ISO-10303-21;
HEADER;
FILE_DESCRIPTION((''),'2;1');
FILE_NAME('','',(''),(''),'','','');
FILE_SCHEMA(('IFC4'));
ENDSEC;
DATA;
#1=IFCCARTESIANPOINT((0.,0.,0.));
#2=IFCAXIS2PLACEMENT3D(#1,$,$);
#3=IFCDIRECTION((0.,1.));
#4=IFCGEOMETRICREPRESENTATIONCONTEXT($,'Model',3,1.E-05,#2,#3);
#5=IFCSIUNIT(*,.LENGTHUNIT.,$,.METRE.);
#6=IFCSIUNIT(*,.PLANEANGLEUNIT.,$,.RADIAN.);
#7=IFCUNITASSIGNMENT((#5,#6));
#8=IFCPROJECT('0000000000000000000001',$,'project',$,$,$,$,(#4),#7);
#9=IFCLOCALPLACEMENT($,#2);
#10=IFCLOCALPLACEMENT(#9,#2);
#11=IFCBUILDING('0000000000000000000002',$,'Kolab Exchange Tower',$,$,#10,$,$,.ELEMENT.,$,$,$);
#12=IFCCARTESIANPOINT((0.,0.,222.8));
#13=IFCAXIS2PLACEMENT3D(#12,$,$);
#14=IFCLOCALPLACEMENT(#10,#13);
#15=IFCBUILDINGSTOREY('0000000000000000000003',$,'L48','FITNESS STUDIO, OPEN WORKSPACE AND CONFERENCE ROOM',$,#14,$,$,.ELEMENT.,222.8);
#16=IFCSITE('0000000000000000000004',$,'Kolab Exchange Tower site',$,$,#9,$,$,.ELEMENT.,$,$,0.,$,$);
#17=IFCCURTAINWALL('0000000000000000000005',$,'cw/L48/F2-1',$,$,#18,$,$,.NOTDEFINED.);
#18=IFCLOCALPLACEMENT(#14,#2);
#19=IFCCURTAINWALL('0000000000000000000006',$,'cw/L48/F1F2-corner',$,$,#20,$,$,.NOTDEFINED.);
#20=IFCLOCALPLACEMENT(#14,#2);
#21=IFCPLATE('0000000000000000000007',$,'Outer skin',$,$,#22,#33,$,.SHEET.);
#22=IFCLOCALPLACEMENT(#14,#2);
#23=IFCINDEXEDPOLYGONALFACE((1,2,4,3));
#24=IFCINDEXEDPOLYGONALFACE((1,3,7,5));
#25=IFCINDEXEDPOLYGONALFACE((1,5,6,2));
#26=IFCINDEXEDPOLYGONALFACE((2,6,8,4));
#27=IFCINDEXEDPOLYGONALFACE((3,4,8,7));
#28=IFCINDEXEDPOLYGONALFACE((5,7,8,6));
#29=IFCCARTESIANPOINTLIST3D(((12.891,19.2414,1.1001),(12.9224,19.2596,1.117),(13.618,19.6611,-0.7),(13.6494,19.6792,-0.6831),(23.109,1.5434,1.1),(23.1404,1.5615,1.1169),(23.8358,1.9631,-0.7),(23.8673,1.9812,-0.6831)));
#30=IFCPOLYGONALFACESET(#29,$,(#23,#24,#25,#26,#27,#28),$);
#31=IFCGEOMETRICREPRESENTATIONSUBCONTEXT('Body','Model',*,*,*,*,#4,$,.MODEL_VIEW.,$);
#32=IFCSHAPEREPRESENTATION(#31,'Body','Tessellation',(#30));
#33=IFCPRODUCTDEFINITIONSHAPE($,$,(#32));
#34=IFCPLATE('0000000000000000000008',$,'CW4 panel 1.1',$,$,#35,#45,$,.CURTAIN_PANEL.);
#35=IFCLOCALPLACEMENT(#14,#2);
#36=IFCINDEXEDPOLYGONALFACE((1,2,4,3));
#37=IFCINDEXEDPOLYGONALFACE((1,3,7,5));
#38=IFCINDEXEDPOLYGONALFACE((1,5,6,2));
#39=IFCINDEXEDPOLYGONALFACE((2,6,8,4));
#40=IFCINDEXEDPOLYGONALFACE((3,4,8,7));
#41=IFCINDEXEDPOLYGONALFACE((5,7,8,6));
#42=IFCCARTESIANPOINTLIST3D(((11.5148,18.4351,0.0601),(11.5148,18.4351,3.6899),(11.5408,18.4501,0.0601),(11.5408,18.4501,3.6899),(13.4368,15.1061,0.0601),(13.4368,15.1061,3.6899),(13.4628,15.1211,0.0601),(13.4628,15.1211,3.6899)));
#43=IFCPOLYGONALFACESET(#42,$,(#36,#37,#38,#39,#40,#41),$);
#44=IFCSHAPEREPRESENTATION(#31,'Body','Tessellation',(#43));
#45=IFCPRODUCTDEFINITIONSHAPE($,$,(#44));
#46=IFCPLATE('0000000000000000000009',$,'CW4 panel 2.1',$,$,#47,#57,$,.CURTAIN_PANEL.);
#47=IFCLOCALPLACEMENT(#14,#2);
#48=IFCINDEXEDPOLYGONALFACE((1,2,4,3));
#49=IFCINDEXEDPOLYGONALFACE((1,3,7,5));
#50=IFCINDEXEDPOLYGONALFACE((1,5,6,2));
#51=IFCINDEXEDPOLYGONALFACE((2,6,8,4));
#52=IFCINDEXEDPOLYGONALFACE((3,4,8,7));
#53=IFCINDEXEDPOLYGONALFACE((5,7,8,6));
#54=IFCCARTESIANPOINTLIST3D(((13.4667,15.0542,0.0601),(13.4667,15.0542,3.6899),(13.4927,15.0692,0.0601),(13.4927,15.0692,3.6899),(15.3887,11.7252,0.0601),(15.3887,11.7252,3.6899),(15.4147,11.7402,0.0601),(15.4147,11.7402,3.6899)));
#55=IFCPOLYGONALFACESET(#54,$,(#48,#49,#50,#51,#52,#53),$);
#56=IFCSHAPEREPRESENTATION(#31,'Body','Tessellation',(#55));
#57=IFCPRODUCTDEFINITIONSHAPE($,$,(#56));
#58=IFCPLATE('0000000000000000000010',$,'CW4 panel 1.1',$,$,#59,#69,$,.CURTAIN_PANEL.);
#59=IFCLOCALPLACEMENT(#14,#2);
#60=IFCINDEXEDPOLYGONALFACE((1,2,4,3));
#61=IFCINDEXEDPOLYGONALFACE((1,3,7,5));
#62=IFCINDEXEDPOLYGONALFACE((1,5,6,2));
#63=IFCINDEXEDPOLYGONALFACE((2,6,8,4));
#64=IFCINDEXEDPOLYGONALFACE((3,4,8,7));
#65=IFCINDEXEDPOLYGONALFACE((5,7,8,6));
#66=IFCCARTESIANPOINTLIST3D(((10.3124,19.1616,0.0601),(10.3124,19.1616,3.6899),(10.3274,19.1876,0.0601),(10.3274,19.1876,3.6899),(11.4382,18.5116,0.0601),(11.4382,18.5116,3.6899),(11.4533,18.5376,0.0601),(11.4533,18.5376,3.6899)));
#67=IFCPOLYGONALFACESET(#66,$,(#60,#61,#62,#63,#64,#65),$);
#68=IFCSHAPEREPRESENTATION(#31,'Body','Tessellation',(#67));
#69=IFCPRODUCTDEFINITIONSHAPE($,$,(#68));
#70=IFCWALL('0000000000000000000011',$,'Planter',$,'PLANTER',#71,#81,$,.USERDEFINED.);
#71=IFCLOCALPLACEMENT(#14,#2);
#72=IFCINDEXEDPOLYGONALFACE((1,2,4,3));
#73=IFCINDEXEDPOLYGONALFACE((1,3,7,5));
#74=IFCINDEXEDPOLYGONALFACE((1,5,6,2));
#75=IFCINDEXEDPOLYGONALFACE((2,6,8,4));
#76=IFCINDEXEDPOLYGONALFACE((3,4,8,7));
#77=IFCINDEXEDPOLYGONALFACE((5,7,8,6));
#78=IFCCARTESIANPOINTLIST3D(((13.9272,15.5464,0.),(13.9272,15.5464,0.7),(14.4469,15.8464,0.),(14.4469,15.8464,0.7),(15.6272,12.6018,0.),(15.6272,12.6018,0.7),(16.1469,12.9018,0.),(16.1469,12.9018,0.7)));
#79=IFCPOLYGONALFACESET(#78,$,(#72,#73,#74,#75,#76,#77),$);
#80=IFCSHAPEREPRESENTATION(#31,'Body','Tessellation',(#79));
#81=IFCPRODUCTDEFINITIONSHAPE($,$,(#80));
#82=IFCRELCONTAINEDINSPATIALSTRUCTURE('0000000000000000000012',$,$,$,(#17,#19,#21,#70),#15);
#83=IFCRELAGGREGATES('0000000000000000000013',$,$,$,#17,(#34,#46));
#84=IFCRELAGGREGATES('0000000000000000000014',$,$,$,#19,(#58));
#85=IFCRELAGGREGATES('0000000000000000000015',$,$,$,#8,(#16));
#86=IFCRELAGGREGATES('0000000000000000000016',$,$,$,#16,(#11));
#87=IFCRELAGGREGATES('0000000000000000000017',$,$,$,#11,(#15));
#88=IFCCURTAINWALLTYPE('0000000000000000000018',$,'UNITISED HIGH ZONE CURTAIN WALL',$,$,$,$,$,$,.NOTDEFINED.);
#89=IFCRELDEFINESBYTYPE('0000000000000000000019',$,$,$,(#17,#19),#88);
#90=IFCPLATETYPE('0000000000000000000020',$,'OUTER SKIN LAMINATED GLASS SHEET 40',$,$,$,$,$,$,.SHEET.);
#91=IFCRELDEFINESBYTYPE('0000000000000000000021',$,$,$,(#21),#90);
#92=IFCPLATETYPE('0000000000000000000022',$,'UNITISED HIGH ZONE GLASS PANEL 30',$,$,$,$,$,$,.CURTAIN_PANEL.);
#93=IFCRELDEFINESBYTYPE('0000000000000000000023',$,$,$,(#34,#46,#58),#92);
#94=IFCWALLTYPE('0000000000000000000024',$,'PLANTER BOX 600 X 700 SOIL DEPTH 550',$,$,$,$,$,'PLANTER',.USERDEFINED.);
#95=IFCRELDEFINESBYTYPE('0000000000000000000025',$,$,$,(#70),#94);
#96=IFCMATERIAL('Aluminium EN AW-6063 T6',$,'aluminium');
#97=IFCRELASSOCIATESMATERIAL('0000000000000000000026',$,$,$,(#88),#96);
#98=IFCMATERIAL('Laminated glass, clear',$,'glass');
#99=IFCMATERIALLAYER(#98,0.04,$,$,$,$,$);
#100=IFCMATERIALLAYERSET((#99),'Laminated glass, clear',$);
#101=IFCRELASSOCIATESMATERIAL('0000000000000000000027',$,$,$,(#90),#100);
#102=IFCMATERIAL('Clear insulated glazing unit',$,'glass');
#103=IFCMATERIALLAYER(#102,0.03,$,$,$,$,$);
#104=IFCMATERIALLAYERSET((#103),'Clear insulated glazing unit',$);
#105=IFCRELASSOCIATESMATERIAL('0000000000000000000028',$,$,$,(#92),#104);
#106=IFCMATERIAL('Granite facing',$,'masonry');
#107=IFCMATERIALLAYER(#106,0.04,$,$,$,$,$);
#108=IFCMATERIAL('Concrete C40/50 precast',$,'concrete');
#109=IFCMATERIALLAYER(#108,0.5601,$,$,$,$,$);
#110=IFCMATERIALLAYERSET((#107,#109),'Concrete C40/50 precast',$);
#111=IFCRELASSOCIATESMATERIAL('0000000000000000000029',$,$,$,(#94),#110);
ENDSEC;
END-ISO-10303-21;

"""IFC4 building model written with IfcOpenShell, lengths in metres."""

from ifc_helpers import new_model, si_unit, direction, frame, frame_2d, origin, origin_2d, place, context, subcontext, project, spatial, polyline, rectangle, outline, extrude, material, layer, layer_set, type_object, element, aggregate, save


model = new_model("IFC4")

# Units and contexts
model_context = context("Model", 3, precision=1e-05, world=origin(), true_north=direction((0.0, 1.0)))
body_context = subcontext(model_context, "Body", "Model", "MODEL_VIEW")
ifc_project = project(units=[si_unit("LENGTHUNIT", "METRE"), si_unit("PLANEANGLEUNIT", "RADIAN")], contexts=[model_context])

# Site, building, storey
site_placement = place(None, origin())
site = spatial("IfcSite", under=ifc_project, at=site_placement, Name="Kolab Exchange Tower site", CompositionType="ELEMENT", RefElevation=0.0)
building_placement = place(site_placement, origin())
building = spatial("IfcBuilding", under=site, at=building_placement, Name="Kolab Exchange Tower", CompositionType="ELEMENT")
storey_placement = place(building_placement, frame((0.0, 0.0, 222.8)))
storey = spatial("IfcBuildingStorey", under=building, at=storey_placement, Name="L48", Description="FITNESS STUDIO, OPEN WORKSPACE AND CONFERENCE ROOM", CompositionType="ELEMENT", Elevation=222.8)

# Shared definitions
ifc_material_1 = material(Name="Aluminium EN AW-6063 T6", Category="aluminium")
curtain_wall_type = type_object("IfcCurtainWallType", Name="UNITISED HIGH ZONE CURTAIN WALL", PredefinedType="NOTDEFINED", material=ifc_material_1)

# Curtain walls
curtain_wall_1_placement = place(storey_placement, origin())
curtain_wall_1 = element("IfcCurtainWall", 1, at=curtain_wall_1_placement, inside=storey, type_object=curtain_wall_type, Name="cw/L48/F2-1", PredefinedType="NOTDEFINED")
curtain_wall_2_placement = place(storey_placement, origin())
curtain_wall_2 = element("IfcCurtainWall", 2, at=curtain_wall_2_placement, inside=storey, type_object=curtain_wall_type, Name="cw/L48/F1F2-corner", PredefinedType="NOTDEFINED")

# Plates
ifc_material_2 = material(Name="Laminated glass, clear", Category="glass")
ifc_layer_1 = layer(ifc_material_2, 0.04)
ifc_layer_set_1 = layer_set([ifc_layer_1], Name="Laminated glass, clear")
plate_type_1 = type_object("IfcPlateType", Name="OUTER SKIN LAMINATED GLASS SHEET 40", PredefinedType="SHEET", material=ifc_layer_set_1)
plate_1_placement = place(storey_placement, frame((13.6494, 19.6792, -0.6831), z_axis=(0.784886, 0.453152, 0.422619), x_axis=(0.499997, -0.866027, 0.000002)))
element("IfcPlate", 3, at=plate_1_placement, inside=storey, type_object=plate_type_1, Name="Outer skin", PredefinedType="SHEET", context=body_context, shape_type="SweptSolid", body=[
    extrude(outline(polyline([(0.0, 0.0), (20.4358, 0.0), (20.4359, -1.9861), (-0.0001, -1.9862), (0.0, 0.0)])), origin(), (0.0, 0.0, -1.0), 0.04),
])
ifc_material_3 = material(Name="Clear insulated glazing unit", Category="glass")
ifc_layer_2 = layer(ifc_material_3, 0.03)
ifc_layer_set_2 = layer_set([ifc_layer_2], Name="Clear insulated glazing unit")
plate_type_2 = type_object("IfcPlateType", Name="UNITISED HIGH ZONE GLASS PANEL 30", PredefinedType="CURTAIN_PANEL", material=ifc_layer_set_2)
plate_2_placement = place(storey_placement, frame((12.4888, 16.7781, 0.0601), z_axis=(0.0, 0.0, 1.0), x_axis=(0.5, -0.866025, 0.0)))
plate_2 = element("IfcPlate", 4, at=plate_2_placement, type_object=plate_type_2, Name="CW4 panel 1.1", PredefinedType="CURTAIN_PANEL", context=body_context, shape_type="SweptSolid", body=[
    extrude(rectangle(XDim=3.844, YDim=0.03, at=origin_2d()), origin(), (0.0, 0.0, 1.0), 3.6299),
])
plate_3_placement = place(storey_placement, frame((14.4407, 13.3972, 0.0601), z_axis=(0.0, 0.0, 1.0), x_axis=(0.5, -0.866025, 0.0)))
plate_3 = element("IfcPlate", 5, at=plate_3_placement, type_object=plate_type_2, Name="CW4 panel 2.1", PredefinedType="CURTAIN_PANEL", context=body_context, shape_type="SweptSolid", body=[
    extrude(rectangle(XDim=3.844, YDim=0.03, at=origin_2d()), origin(), (0.0, 0.0, 1.0), 3.6299),
])
aggregate(curtain_wall_1, [plate_2, plate_3])
plate_4_placement = place(storey_placement, frame((10.8828, 18.8496, 0.0601), z_axis=(0.0, 0.0, 1.0), x_axis=(0.866025, -0.5, 0.0)))
plate_4 = element("IfcPlate", 6, at=plate_4_placement, type_object=plate_type_2, Name="CW4 panel 1.1", PredefinedType="CURTAIN_PANEL", context=body_context, shape_type="SweptSolid", body=[
    extrude(rectangle(XDim=1.3, YDim=0.03, at=origin_2d()), origin(), (0.0, 0.0, 1.0), 3.6299),
])
aggregate(curtain_wall_2, [plate_4])

# Wall
ifc_material_4 = material(Name="Granite facing", Category="masonry")
ifc_layer_3 = layer(ifc_material_4, 0.04)
ifc_material_5 = material(Name="Concrete C40/50 precast", Category="concrete")
ifc_layer_4 = layer(ifc_material_5, 0.5601)
ifc_layer_set_3 = layer_set([ifc_layer_3, ifc_layer_4], Name="Concrete C40/50 precast")
wall_type_1 = type_object("IfcWallType", Name="PLANTER BOX 600 X 700 SOIL DEPTH 550", ElementType="PLANTER", PredefinedType="USERDEFINED", material=ifc_layer_set_3)
wall_1_placement = place(storey_placement, frame((14.187, 15.6965, 0.0), z_axis=(0.0, 0.0, 1.0), x_axis=(0.499977, -0.866039, 0.0)))
element("IfcWall", 7, at=wall_1_placement, inside=storey, type_object=wall_type_1, Name="Planter", ObjectType="PLANTER", PredefinedType="USERDEFINED", context=body_context, shape_type="SweptSolid", body=[
    extrude(rectangle(XDim=3.4001, YDim=0.6001, at=frame_2d((1.7002, 0.0))), origin(), (0.0, 0.0, 1.0), 0.7),
])

save(model, "model.ifc")
